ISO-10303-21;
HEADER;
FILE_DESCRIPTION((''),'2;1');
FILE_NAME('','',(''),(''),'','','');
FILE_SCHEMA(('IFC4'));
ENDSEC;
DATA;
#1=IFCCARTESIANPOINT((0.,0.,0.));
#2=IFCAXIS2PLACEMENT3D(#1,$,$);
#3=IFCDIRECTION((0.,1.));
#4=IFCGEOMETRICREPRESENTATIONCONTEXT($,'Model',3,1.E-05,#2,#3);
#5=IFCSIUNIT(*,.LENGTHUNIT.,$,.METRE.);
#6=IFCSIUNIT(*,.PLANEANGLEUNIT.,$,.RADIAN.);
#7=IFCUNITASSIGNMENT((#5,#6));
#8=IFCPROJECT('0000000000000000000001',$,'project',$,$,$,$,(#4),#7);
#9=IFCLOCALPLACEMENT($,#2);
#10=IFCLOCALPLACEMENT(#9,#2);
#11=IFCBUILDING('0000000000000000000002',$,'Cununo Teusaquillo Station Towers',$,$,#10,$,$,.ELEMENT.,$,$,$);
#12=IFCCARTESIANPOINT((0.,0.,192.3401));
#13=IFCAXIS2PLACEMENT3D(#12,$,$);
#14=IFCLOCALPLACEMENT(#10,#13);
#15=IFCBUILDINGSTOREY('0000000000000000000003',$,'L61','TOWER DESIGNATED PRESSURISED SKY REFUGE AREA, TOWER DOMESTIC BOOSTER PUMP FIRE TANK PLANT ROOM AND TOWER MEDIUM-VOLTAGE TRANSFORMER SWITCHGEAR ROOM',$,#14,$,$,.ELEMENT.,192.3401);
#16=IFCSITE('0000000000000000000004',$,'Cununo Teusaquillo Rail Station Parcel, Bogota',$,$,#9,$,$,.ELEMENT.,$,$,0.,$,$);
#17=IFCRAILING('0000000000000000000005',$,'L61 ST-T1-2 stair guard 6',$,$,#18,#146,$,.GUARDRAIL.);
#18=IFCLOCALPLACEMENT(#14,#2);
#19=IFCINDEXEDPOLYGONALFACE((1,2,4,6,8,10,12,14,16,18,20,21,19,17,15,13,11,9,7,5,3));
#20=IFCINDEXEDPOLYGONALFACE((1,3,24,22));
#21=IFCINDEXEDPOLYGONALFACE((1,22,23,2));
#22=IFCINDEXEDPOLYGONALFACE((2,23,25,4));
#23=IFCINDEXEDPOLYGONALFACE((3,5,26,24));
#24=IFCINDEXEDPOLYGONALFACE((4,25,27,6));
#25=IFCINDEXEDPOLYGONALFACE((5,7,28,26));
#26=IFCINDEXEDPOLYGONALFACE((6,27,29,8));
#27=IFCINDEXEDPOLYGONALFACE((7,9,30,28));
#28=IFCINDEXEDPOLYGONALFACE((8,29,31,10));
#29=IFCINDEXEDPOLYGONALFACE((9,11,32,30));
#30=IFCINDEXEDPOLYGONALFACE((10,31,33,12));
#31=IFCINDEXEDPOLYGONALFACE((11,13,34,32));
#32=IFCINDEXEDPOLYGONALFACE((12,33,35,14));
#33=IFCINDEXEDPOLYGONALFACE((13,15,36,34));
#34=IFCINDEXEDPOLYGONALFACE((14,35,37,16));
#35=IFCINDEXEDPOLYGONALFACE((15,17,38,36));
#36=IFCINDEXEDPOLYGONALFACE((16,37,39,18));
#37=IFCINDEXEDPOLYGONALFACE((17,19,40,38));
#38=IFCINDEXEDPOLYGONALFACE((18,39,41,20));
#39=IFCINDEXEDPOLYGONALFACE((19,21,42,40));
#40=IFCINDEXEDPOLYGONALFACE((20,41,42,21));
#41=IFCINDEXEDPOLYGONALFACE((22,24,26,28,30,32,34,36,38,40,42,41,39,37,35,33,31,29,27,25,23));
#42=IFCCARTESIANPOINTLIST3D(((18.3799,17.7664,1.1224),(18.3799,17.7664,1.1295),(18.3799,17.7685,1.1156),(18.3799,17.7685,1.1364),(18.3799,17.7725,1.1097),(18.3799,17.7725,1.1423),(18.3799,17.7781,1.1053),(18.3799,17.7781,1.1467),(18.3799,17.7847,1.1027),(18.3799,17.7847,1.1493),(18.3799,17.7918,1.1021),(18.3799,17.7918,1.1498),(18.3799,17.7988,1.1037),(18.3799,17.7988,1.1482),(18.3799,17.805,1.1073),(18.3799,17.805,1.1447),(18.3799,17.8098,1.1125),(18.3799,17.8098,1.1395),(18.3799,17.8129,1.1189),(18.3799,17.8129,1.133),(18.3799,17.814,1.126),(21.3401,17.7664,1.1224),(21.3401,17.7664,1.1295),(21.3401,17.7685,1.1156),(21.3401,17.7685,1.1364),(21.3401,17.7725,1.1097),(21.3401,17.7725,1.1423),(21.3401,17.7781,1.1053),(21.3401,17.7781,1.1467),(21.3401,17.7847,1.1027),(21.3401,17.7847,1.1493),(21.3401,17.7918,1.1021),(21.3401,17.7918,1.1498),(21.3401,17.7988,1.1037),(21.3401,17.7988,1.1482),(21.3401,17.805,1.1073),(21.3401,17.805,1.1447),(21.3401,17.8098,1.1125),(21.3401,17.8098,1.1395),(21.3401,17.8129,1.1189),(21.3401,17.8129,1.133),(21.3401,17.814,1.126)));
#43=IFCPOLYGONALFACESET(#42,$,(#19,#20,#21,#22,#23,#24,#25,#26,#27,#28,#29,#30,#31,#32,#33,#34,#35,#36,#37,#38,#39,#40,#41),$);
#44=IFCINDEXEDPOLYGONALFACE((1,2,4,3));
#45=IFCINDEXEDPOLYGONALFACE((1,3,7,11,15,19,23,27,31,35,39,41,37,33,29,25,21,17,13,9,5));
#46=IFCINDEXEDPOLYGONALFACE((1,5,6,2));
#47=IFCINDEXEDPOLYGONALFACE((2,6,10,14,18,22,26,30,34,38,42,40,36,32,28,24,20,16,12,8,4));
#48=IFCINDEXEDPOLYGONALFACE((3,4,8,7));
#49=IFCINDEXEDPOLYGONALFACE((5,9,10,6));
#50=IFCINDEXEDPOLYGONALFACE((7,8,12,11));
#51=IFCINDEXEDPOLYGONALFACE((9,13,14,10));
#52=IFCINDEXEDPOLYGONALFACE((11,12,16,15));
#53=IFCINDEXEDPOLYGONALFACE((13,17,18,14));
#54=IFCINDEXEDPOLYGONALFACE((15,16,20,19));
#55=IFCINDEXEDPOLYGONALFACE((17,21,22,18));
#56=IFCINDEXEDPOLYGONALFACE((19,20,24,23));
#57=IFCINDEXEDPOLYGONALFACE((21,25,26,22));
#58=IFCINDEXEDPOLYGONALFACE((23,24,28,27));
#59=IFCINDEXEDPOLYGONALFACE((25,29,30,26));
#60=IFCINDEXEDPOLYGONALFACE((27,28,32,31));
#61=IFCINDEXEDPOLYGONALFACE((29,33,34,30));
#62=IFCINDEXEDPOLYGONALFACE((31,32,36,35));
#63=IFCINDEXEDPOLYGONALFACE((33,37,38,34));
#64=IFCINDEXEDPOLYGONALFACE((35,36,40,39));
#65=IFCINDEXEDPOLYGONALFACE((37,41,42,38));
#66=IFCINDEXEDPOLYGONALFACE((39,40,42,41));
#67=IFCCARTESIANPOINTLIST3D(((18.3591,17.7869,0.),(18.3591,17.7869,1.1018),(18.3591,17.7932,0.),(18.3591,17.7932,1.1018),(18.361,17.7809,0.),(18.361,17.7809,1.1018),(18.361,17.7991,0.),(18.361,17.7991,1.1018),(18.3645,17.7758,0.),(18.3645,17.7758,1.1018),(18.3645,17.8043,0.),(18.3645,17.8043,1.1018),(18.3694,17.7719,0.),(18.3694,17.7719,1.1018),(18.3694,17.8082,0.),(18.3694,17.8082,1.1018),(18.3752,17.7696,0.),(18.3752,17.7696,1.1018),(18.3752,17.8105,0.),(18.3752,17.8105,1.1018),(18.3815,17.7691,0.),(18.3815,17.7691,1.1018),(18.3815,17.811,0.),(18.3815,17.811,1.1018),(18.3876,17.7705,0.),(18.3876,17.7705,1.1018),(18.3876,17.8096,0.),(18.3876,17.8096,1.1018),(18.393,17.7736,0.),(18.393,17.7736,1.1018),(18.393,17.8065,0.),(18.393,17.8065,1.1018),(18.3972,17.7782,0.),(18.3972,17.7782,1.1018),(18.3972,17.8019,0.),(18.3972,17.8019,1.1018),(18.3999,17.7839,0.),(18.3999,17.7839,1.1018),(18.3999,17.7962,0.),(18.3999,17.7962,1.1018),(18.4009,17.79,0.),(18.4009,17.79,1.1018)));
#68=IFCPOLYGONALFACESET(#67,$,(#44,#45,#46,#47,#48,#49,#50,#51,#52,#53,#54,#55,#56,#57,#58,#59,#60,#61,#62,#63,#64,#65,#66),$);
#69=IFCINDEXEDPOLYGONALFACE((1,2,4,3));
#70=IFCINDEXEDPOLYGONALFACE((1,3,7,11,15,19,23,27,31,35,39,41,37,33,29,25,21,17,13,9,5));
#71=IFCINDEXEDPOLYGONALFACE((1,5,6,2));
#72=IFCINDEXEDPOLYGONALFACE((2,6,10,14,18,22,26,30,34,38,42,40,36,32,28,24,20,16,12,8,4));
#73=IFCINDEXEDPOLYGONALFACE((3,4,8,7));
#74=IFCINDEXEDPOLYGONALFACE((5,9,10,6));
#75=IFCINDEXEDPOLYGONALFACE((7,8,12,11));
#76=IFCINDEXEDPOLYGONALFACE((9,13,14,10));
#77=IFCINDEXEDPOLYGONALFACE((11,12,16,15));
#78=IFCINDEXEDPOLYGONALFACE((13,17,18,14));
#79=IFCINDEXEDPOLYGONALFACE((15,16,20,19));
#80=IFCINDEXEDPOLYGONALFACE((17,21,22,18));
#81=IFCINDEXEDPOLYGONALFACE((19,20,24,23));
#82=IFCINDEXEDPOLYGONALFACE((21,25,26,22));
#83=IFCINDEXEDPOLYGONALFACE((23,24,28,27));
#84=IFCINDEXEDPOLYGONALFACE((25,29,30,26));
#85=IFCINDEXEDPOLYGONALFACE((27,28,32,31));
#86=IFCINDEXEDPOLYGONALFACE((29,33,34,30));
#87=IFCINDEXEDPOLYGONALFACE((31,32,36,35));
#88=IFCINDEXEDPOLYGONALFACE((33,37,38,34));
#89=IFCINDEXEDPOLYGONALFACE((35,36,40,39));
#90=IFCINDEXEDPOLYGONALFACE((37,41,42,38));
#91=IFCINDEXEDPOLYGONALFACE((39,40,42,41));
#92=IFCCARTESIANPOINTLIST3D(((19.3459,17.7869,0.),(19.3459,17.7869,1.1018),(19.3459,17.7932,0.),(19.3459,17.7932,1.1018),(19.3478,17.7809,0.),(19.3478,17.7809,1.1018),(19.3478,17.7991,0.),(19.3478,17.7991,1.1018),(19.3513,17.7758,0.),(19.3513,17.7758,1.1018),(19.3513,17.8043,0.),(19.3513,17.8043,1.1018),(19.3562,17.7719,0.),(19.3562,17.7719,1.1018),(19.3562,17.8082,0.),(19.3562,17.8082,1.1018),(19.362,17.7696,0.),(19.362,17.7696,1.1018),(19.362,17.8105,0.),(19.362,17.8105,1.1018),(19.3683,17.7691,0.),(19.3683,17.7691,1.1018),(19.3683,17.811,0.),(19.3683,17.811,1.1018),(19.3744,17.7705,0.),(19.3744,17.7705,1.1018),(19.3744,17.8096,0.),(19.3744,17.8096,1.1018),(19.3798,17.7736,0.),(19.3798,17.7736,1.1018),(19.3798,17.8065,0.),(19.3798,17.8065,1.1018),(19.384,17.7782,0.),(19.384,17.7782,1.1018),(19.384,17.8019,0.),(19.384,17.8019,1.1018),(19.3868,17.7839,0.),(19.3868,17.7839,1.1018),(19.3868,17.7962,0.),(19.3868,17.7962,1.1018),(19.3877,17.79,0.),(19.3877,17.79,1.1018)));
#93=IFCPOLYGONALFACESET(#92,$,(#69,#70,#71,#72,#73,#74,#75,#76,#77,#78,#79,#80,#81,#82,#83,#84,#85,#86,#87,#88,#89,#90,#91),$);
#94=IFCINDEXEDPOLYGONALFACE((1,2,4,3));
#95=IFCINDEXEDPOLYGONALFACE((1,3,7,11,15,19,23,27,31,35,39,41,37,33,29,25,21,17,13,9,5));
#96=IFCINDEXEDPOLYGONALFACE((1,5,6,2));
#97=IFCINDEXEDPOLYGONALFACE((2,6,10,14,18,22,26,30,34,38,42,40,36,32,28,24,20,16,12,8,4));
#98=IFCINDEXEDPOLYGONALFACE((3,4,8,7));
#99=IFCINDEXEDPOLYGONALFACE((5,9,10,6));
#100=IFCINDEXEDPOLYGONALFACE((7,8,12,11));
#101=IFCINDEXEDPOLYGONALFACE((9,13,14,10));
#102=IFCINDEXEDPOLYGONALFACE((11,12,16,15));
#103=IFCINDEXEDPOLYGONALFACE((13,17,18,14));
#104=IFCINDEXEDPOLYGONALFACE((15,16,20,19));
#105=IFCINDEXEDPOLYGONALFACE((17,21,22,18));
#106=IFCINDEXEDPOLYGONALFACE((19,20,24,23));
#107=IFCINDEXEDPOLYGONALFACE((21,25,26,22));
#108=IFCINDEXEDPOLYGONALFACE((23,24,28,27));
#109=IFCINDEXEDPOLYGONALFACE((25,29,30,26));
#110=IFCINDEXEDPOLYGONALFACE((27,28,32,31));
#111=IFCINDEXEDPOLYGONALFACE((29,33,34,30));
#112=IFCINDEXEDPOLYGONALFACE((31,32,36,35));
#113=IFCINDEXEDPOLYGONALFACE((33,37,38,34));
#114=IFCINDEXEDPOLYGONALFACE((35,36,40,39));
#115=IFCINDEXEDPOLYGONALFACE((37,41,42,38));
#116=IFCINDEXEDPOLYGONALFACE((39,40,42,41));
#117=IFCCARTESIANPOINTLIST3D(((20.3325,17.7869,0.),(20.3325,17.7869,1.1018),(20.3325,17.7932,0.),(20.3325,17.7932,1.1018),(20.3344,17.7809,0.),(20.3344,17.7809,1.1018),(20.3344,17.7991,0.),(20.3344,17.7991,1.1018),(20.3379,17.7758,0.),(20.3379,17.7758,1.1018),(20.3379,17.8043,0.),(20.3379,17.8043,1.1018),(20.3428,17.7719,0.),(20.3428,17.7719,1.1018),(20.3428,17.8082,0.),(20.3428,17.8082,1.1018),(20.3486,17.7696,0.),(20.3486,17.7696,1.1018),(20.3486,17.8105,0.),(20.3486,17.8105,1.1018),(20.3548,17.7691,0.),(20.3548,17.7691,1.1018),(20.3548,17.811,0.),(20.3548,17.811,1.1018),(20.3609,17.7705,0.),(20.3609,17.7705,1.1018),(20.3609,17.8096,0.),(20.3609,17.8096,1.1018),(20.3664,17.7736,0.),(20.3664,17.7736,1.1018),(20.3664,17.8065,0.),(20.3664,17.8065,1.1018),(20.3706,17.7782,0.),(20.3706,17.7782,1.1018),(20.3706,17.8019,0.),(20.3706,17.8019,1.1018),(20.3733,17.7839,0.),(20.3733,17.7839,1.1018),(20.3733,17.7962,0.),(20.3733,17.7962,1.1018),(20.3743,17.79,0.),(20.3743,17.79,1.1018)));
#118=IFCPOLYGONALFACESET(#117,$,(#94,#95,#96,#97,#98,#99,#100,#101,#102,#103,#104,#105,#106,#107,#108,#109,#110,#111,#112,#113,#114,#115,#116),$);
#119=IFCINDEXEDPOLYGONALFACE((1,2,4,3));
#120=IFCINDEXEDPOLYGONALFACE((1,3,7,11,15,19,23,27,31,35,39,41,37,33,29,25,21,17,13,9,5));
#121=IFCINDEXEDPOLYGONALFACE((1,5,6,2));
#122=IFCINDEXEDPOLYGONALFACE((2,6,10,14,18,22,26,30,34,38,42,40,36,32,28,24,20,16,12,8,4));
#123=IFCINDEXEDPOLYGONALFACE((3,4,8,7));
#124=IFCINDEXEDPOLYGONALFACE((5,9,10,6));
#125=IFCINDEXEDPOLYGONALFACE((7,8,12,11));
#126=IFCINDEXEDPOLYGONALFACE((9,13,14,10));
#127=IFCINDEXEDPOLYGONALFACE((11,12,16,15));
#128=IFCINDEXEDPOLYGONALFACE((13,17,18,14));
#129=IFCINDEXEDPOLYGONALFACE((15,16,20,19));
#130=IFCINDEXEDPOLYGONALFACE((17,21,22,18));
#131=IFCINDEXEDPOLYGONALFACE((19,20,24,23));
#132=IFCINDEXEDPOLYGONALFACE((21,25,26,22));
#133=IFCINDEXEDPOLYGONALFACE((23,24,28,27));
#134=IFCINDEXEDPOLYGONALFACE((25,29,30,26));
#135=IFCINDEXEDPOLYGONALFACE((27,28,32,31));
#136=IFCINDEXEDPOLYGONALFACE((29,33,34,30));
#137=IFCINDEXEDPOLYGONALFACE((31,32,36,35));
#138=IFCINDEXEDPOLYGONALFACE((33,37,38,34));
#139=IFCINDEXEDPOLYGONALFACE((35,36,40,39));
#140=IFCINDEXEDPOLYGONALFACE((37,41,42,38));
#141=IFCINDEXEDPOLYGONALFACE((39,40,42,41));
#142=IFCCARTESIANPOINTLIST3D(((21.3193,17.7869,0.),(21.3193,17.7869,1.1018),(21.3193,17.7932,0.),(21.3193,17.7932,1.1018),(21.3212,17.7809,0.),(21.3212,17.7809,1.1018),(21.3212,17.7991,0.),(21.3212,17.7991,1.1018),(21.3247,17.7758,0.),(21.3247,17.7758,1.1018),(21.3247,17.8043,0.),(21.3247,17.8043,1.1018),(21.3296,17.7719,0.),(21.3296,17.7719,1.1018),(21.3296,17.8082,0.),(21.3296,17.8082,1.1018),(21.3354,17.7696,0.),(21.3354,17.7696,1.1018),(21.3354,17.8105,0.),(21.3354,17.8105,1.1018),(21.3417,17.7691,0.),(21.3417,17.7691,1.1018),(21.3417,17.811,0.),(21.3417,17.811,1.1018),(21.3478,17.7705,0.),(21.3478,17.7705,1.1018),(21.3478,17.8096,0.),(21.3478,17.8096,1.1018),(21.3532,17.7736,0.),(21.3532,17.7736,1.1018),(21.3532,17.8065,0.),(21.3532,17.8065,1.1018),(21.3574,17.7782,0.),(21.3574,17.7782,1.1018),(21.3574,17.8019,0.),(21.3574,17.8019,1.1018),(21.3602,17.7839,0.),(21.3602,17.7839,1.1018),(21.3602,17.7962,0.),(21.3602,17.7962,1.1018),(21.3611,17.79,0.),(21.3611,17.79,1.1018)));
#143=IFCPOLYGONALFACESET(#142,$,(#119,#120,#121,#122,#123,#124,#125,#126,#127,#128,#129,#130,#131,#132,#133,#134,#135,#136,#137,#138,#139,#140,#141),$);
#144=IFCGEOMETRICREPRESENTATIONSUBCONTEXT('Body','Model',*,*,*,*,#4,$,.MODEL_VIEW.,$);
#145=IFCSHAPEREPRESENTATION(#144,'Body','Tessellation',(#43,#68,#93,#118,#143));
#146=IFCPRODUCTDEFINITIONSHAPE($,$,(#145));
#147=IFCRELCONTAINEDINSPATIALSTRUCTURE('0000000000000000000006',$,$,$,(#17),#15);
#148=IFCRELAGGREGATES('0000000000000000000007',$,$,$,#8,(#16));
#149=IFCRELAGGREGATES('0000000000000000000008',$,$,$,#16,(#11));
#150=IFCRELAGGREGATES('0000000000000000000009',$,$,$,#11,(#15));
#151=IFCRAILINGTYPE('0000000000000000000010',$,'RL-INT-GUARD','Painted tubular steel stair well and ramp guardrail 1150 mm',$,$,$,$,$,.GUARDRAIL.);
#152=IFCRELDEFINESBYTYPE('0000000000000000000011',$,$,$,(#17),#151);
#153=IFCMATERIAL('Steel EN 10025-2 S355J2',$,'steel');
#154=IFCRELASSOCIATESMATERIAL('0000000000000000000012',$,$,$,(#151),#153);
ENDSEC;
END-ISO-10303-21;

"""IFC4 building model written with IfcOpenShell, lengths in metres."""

from ifc_helpers import new_model, si_unit, direction, frame, origin, origin_2d, place, context, subcontext, project, spatial, circle, extrude, material, type_object, element, save


model = new_model("IFC4")

# Units and contexts
model_context = context("Model", 3, precision=1e-05, world=origin(), true_north=direction((0.0, 1.0)))
body_context = subcontext(model_context, "Body", "Model", "MODEL_VIEW")
ifc_project = project(units=[si_unit("LENGTHUNIT", "METRE"), si_unit("PLANEANGLEUNIT", "RADIAN")], contexts=[model_context])

# Site, building, storey
site_placement = place(None, origin())
site = spatial("IfcSite", under=ifc_project, at=site_placement, Name="Cununo Teusaquillo Rail Station Parcel, Bogota", CompositionType="ELEMENT", RefElevation=0.0)
building_placement = place(site_placement, origin())
building = spatial("IfcBuilding", under=site, at=building_placement, Name="Cununo Teusaquillo Station Towers", CompositionType="ELEMENT")
storey_placement = place(building_placement, frame((0.0, 0.0, 192.3401)))
storey = spatial("IfcBuildingStorey", under=building, at=storey_placement, Name="L61", Description="TOWER DESIGNATED PRESSURISED SKY REFUGE AREA, TOWER DOMESTIC BOOSTER PUMP FIRE TANK PLANT ROOM AND TOWER MEDIUM-VOLTAGE TRANSFORMER SWITCHGEAR ROOM", CompositionType="ELEMENT", Elevation=192.3401)

# Railing
ifc_material_1 = material(Name="Steel EN 10025-2 S355J2", Category="steel")
railing_type_1 = type_object("IfcRailingType", Name="RL-INT-GUARD", Description="Painted tubular steel stair well and ramp guardrail 1150 mm", PredefinedType="GUARDRAIL", material=ifc_material_1)
railing_1_placement = place(storey_placement, frame((18.3799, 17.79, 0.0)))
element("IfcRailing", 1, at=railing_1_placement, inside=storey, type_object=railing_type_1, Name="L61 ST-T1-2 stair guard 6", PredefinedType="GUARDRAIL", context=body_context, shape_type="SweptSolid", body=[
    extrude(circle(Radius=0.0239, at=origin_2d()), frame((0.0, 0.0, 1.126), z_axis=(1.0, 0.0, 0.0), x_axis=(0.0, 1.0, 0.0)), (0.0, 0.0, 1.0), 2.9602),
    extrude(circle(Radius=0.021, at=origin_2d()), origin(), (0.0, 0.0, 1.0), 1.1018),
    extrude(circle(Radius=0.021, at=origin_2d()), frame((0.9868, 0.0, 0.0)), (0.0, 0.0, 1.0), 1.1018),
    extrude(circle(Radius=0.021, at=origin_2d()), frame((1.9734, 0.0, 0.0)), (0.0, 0.0, 1.0), 1.1018),
    extrude(circle(Radius=0.021, at=origin_2d()), frame((2.9602, 0.0, 0.0)), (0.0, 0.0, 1.0), 1.1018),
])

save(model, "model.ifc")
